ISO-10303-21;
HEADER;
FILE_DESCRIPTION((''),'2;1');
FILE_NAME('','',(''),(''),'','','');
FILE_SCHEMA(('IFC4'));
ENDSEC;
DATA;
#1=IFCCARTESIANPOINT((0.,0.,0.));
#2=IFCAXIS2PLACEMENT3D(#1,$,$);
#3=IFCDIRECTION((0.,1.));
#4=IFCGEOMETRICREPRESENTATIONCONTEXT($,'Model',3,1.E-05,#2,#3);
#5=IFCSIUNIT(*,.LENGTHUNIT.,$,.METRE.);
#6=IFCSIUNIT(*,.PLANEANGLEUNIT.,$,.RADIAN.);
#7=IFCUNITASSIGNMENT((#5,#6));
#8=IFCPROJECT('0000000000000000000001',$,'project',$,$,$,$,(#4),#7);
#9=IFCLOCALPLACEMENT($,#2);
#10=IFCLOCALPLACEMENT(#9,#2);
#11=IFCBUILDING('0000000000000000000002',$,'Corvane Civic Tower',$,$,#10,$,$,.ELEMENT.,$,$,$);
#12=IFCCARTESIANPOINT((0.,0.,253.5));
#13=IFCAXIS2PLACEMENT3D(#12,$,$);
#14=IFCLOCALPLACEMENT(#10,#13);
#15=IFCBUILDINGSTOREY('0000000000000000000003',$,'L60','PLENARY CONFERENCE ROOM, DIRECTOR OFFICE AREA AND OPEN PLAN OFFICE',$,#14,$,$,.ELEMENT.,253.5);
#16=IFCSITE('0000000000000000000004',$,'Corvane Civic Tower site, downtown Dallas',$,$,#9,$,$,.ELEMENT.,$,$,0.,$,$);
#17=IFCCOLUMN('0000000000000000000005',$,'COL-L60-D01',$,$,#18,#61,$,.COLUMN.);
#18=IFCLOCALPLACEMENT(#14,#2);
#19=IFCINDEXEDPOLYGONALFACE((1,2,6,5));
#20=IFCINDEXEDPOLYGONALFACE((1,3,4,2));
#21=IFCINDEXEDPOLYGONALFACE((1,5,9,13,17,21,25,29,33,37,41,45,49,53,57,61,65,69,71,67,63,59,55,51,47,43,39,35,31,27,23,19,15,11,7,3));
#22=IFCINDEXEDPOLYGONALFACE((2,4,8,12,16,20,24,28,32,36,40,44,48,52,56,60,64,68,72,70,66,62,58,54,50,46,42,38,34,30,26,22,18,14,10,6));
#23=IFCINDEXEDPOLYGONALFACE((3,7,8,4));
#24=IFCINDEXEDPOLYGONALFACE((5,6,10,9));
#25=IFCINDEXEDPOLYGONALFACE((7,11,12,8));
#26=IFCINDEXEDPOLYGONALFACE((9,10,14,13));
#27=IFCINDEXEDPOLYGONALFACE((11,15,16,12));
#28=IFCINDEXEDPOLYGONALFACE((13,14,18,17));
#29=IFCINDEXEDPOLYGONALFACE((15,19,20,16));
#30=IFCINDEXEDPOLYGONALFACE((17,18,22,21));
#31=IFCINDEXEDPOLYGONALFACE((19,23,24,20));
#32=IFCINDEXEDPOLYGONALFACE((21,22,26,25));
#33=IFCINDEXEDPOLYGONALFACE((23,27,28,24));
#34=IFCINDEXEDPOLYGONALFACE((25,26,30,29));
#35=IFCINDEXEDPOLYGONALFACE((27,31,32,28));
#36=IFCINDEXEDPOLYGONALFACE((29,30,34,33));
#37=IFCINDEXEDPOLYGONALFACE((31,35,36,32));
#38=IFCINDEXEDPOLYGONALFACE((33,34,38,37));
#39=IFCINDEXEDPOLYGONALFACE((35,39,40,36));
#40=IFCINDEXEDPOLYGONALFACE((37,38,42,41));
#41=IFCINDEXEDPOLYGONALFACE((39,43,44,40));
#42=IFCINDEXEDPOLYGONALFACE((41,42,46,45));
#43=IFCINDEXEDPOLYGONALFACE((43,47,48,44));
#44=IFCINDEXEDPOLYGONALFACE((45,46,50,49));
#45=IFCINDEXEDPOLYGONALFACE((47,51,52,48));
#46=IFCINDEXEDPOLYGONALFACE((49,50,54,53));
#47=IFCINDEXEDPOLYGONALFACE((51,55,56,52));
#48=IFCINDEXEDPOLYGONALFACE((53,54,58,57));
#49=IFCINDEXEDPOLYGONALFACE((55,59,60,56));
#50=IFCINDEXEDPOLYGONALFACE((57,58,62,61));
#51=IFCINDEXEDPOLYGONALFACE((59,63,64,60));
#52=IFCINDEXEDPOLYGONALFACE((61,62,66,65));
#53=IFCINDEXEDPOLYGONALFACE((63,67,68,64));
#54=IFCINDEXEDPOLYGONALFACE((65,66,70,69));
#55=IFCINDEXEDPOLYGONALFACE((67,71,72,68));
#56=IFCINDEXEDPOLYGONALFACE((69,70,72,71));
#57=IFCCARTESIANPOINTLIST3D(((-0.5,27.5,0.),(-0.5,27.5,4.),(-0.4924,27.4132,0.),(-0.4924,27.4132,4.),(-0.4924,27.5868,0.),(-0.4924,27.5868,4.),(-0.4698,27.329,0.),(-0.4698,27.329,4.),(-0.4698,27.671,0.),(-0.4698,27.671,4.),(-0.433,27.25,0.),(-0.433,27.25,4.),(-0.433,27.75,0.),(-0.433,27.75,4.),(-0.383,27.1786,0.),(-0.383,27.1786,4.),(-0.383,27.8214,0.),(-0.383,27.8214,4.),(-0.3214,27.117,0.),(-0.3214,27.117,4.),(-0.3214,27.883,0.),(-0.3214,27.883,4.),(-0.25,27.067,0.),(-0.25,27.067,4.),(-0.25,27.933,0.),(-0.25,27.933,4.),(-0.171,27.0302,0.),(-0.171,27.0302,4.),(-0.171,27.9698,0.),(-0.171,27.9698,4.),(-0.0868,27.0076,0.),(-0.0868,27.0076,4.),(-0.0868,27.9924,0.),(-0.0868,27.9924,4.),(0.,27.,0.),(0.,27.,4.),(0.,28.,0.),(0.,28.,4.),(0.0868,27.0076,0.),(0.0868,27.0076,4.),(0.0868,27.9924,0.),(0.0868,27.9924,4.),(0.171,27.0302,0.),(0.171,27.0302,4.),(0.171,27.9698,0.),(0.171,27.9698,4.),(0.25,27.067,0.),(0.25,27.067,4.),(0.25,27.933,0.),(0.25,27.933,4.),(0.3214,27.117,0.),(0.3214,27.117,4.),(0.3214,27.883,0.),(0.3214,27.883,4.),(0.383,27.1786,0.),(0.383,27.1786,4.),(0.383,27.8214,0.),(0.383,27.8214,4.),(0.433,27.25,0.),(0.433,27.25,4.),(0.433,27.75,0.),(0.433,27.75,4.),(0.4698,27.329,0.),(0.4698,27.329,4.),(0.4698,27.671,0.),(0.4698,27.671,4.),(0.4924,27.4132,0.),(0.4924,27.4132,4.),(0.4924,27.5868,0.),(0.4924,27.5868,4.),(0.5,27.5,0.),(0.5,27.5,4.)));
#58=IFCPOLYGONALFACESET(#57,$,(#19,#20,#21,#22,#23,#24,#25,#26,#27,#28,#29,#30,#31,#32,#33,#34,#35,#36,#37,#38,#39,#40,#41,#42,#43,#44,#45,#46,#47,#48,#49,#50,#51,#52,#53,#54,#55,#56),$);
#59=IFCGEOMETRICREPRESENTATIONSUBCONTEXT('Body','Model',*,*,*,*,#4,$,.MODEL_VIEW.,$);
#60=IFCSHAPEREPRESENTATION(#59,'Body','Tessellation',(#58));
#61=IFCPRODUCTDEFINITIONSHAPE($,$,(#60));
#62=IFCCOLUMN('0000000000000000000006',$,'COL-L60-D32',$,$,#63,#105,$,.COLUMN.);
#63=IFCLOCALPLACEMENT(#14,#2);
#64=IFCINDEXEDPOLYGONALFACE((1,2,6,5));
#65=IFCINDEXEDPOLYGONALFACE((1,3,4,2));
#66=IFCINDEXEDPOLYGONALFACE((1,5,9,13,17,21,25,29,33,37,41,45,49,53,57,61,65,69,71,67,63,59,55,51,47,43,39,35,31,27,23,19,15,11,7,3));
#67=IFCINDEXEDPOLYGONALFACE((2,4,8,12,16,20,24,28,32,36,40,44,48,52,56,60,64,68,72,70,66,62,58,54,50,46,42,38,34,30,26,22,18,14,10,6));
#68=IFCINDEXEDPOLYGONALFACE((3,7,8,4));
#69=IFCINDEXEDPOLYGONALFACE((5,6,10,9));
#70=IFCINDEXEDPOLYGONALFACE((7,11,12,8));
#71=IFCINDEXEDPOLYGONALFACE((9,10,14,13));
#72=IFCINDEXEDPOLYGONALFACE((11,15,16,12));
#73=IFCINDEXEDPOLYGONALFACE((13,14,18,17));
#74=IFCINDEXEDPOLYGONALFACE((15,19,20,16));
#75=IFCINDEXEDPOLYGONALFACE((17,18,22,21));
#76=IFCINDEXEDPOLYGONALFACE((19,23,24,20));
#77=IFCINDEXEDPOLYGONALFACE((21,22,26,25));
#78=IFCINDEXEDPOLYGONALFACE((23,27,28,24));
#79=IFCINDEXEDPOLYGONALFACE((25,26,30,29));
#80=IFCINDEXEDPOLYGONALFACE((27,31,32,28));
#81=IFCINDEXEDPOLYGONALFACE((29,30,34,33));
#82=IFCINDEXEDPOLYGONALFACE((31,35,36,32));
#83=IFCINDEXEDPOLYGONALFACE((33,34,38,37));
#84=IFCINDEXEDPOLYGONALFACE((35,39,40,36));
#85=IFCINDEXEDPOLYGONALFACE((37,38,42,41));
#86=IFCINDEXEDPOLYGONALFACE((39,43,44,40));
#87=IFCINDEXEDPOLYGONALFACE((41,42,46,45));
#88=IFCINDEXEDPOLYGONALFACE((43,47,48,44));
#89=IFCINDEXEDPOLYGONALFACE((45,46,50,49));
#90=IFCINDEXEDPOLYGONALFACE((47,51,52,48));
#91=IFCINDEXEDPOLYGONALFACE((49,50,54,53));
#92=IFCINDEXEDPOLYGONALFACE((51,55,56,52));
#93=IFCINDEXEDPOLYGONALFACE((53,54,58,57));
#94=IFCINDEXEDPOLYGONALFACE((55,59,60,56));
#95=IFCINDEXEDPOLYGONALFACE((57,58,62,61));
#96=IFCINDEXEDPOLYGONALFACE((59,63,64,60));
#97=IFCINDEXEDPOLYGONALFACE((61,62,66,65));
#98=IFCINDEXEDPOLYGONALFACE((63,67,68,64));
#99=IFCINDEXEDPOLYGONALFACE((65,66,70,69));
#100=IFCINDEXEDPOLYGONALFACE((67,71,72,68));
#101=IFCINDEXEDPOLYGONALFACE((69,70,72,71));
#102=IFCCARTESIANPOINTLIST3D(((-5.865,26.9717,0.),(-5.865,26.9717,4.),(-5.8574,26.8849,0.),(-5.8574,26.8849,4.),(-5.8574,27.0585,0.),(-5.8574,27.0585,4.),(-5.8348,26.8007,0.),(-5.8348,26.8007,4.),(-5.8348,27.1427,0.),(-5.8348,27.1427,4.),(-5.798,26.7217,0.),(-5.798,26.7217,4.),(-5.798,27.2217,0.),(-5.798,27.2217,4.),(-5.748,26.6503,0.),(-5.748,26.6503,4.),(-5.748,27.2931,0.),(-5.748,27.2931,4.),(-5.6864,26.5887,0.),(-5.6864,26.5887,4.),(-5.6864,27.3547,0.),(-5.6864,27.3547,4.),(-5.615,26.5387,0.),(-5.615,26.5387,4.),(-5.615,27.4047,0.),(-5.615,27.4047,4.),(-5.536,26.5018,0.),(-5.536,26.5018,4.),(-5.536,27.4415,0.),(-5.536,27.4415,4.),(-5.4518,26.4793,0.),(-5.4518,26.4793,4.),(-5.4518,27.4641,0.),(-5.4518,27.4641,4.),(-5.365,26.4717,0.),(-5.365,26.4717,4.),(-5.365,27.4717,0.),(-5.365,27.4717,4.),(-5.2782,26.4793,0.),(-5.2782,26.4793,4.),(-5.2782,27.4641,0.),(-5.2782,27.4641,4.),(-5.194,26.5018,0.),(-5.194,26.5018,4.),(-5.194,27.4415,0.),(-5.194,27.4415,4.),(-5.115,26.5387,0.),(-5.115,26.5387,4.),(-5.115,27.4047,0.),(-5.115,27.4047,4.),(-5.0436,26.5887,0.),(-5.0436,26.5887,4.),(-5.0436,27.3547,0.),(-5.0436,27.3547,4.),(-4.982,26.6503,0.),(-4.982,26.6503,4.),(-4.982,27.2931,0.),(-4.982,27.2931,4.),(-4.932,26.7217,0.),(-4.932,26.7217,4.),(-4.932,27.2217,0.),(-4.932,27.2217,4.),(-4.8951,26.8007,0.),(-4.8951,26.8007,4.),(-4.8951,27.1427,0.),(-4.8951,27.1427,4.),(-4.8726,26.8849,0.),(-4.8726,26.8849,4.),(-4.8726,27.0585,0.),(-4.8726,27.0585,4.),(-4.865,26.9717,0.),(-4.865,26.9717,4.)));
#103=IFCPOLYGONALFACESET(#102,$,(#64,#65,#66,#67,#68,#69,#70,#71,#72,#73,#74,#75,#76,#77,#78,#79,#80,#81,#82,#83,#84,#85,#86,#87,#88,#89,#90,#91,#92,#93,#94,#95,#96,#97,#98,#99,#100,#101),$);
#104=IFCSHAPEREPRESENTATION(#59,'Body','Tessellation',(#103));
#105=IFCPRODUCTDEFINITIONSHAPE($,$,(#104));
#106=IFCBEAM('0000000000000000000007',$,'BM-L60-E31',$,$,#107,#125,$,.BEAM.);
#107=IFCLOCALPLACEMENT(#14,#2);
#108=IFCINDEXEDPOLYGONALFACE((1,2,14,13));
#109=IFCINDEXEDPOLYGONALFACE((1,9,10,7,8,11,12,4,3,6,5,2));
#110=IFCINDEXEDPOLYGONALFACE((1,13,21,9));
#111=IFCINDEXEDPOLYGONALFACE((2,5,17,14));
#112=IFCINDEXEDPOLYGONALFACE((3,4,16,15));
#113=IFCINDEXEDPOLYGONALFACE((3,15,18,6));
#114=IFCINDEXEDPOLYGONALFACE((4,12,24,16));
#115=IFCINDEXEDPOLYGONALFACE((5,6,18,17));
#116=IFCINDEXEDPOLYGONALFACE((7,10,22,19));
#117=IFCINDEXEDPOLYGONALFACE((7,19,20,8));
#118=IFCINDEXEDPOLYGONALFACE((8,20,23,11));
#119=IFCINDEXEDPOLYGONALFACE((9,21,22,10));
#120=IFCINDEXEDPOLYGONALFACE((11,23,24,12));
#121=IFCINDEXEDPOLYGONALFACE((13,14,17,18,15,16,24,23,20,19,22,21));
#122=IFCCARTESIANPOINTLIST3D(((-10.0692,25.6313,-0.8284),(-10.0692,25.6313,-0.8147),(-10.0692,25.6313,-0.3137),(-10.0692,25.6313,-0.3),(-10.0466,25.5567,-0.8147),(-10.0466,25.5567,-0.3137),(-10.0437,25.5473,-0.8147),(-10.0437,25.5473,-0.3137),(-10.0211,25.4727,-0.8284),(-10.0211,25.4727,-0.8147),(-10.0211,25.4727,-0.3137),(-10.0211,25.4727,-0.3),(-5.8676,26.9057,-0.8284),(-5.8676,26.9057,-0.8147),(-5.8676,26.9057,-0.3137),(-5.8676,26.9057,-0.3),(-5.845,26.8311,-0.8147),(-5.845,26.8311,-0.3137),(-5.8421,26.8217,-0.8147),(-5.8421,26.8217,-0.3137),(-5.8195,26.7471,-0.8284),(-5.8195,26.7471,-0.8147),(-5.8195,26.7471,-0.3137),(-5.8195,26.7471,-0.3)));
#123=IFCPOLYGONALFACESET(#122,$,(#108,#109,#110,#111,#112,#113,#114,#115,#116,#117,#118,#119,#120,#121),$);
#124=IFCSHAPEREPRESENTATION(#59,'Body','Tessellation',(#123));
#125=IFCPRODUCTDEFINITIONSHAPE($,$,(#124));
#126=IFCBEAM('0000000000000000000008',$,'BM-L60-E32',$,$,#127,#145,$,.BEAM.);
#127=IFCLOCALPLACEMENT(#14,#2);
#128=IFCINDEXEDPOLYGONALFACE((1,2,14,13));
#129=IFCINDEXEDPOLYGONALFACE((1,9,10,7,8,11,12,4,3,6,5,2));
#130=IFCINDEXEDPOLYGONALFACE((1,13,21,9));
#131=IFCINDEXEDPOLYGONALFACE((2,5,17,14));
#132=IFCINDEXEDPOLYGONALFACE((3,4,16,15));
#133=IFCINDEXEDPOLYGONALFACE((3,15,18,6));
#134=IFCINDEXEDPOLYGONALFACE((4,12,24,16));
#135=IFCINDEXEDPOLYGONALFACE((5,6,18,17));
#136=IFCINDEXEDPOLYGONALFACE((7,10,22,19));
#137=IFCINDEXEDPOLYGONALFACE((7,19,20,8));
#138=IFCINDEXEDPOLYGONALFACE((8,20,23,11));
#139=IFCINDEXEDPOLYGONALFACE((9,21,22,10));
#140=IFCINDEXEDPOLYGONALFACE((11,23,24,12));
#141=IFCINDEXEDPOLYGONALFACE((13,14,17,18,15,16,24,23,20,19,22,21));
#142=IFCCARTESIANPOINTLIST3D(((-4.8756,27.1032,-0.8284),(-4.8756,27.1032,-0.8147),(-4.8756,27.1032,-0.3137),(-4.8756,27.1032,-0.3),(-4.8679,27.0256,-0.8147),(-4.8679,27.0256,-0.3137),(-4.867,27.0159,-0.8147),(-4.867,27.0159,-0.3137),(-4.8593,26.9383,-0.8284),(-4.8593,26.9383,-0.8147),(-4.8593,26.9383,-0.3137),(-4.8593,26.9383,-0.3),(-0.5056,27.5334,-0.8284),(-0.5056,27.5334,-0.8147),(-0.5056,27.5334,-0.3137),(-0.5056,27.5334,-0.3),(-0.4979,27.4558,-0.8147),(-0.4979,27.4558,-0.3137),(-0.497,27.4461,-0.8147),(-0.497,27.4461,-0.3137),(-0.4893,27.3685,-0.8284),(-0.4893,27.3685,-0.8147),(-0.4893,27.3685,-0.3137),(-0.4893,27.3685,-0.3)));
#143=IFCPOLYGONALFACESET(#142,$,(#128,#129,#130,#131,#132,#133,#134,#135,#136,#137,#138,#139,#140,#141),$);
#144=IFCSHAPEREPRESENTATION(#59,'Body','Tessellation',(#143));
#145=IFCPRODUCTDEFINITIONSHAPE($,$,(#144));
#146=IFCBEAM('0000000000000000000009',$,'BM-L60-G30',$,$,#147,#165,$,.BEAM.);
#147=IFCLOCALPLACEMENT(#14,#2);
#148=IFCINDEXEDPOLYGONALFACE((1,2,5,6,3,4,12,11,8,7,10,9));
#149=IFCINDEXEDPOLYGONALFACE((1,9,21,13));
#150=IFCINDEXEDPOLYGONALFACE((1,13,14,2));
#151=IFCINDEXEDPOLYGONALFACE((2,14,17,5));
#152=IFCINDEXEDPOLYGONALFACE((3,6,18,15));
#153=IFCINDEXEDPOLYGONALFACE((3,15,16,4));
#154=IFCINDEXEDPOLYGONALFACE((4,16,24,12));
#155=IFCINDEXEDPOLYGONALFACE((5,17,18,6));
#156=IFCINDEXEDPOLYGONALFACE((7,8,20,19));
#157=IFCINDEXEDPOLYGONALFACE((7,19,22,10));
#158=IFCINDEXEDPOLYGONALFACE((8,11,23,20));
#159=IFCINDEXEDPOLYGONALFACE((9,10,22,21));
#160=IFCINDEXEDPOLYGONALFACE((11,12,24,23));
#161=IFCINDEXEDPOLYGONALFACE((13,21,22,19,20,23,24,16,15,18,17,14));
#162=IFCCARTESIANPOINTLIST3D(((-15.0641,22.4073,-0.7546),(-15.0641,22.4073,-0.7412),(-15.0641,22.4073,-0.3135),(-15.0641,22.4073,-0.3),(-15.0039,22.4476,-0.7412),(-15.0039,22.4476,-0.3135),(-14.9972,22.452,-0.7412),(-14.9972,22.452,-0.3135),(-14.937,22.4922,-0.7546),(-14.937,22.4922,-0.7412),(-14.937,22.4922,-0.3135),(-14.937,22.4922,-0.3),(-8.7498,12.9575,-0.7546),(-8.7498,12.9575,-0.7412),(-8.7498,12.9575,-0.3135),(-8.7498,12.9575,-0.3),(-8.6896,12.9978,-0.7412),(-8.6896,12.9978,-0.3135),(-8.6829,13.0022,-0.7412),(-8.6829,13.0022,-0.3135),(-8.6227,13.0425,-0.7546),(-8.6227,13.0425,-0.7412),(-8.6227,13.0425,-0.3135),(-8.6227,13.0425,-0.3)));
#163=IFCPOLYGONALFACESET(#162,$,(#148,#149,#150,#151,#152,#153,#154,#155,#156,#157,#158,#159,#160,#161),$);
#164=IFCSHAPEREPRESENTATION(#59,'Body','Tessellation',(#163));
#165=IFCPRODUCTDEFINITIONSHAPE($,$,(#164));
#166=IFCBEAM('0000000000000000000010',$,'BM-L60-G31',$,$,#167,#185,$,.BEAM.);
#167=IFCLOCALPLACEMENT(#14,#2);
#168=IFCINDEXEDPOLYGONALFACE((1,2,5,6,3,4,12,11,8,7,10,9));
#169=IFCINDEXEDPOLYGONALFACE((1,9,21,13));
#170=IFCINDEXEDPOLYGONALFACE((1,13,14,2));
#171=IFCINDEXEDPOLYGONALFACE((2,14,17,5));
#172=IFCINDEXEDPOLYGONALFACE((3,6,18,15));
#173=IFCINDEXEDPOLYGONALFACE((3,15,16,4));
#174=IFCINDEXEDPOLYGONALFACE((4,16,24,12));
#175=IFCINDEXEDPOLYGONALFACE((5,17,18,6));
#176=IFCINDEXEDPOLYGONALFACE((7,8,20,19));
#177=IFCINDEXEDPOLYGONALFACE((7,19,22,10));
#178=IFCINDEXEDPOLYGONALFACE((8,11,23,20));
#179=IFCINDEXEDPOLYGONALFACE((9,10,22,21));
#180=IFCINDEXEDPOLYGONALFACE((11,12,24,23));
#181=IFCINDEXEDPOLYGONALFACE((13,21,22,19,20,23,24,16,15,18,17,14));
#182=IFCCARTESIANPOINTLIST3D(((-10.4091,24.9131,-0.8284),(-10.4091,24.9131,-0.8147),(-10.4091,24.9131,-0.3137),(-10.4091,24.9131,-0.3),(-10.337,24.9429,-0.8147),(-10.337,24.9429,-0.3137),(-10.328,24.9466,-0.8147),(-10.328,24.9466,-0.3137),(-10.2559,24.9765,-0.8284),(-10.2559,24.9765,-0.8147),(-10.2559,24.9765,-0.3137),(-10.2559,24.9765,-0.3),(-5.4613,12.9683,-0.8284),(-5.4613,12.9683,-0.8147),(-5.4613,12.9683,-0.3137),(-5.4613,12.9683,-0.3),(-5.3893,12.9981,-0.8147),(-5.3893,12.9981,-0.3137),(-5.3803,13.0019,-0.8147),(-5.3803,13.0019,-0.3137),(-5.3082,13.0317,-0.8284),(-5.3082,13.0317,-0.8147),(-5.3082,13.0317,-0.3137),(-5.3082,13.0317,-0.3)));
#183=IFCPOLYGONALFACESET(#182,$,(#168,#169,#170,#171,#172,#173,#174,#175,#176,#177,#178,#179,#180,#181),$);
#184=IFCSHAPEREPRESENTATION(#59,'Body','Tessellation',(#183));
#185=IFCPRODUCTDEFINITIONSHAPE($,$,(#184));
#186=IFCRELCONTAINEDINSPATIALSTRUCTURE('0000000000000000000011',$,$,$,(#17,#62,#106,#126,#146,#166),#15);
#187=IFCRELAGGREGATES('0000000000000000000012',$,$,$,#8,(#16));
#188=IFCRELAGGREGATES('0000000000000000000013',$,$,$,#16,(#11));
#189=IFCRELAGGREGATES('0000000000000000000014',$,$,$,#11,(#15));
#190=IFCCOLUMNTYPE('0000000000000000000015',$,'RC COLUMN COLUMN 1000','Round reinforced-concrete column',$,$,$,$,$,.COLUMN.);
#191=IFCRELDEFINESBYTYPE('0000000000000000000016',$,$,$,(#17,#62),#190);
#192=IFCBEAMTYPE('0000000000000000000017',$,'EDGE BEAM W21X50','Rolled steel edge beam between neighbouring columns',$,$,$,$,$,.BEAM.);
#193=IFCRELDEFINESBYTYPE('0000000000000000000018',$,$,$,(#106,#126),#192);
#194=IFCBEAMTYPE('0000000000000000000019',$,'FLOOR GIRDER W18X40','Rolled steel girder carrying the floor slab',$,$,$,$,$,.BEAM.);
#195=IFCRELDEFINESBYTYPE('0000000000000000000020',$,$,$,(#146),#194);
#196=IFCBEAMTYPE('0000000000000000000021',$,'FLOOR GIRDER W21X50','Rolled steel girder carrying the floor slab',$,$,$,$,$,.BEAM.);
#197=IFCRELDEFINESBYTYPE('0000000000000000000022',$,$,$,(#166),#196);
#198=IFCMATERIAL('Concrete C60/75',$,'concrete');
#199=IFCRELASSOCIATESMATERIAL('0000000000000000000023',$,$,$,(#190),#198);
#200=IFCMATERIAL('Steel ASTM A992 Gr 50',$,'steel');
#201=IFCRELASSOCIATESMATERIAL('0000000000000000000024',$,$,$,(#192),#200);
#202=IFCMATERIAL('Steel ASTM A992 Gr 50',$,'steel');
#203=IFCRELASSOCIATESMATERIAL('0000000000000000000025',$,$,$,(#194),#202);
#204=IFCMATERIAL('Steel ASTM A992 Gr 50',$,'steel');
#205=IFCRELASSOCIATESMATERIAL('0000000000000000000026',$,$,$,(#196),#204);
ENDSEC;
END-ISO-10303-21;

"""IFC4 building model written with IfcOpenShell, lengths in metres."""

from ifc_helpers import new_model, si_unit, direction, frame, origin, origin_2d, place, context, subcontext, project, spatial, circle, i_section, extrude, material, material_profile, profile_set, type_object, element, save


model = new_model("IFC4")

# Units and contexts
model_context = context("Model", 3, precision=1e-05, world=origin(), true_north=direction((0.0, 1.0)))
body_context = subcontext(model_context, "Body", "Model", "MODEL_VIEW")
ifc_project = project(units=[si_unit("LENGTHUNIT", "METRE"), si_unit("PLANEANGLEUNIT", "RADIAN")], contexts=[model_context])

# Site, building, storey
site_placement = place(None, origin())
site = spatial("IfcSite", under=ifc_project, at=site_placement, Name="Corvane Civic Tower site, downtown Dallas", CompositionType="ELEMENT", RefElevation=0.0)
building_placement = place(site_placement, origin())
building = spatial("IfcBuilding", under=site, at=building_placement, Name="Corvane Civic Tower", CompositionType="ELEMENT")
storey_placement = place(building_placement, frame((0.0, 0.0, 253.5)))
storey = spatial("IfcBuildingStorey", under=building, at=storey_placement, Name="L60", Description="PLENARY CONFERENCE ROOM, DIRECTOR OFFICE AREA AND OPEN PLAN OFFICE", CompositionType="ELEMENT", Elevation=253.5)

# Columns
ifc_material_1 = material(Name="Concrete C60/75", Category="concrete")
ifc_material_profile_1 = material_profile(ifc_material_1, circle(Radius=0.5, at=origin_2d()), Name="COLUMN 1000")
ifc_profile_set_1 = profile_set([ifc_material_profile_1], Name="Concrete C60/75")
column_type = type_object("IfcColumnType", Name="RC COLUMN COLUMN 1000", Description="Round reinforced-concrete column", PredefinedType="COLUMN", material=ifc_profile_set_1)
for number, where, z_axis, x_axis, name in (
    (1, (0.0, 27.5, 0.0), (0.0, 0.0, 1.0), (1.0, 0.0, 0.0), "COL-L60-D01"),
    (2, (-5.365, 26.9717, 0.0), (0.0, 0.0, 1.0), (1.0, 0.0, 0.0), "COL-L60-D32"),
):
    element("IfcColumn", number, at=place(storey_placement, frame(where, z_axis=z_axis, x_axis=x_axis)), inside=storey, type_object=column_type, Name=name, PredefinedType="COLUMN", context=body_context, shape_type="SweptSolid", body=[
        extrude(circle(Radius=0.5, at=origin_2d()), origin(), (0.0, 0.0, 1.0), 4.0),
    ])

# Beams
ifc_material_2 = material(Name="Steel ASTM A992 Gr 50", Category="steel")
ifc_material_profile_2 = material_profile(ifc_material_2, i_section(OverallWidth=0.1658, OverallDepth=0.5283, WebThickness=0.0098, FlangeThickness=0.0137, at=origin_2d()), Name="W21X50")
ifc_profile_set_2 = profile_set([ifc_material_profile_2], Name="Steel ASTM A992 Gr 50")
beam_type_1 = type_object("IfcBeamType", Name="EDGE BEAM W21X50", Description="Rolled steel edge beam between neighbouring columns", PredefinedType="BEAM", material=ifc_profile_set_2)
beam_1_placement = place(storey_placement, frame((-10.0452, 25.552, -0.5642), z_axis=(0.95695, 0.290254, 0.0), x_axis=(-0.290254, 0.95695, 0.0)))
element("IfcBeam", 3, at=beam_1_placement, inside=storey, type_object=beam_type_1, Name="BM-L60-E31", PredefinedType="BEAM", context=body_context, shape_type="SweptSolid", body=[
    extrude(i_section(OverallWidth=0.1658, OverallDepth=0.5283, WebThickness=0.0098, FlangeThickness=0.0137, at=origin_2d()), origin(), (0.0, 0.0, 1.0), 4.3906),
])
beam_2_placement = place(storey_placement, frame((-4.8674, 27.0208, -0.5642), z_axis=(0.99519, 0.097968, 0.0), x_axis=(-0.097968, 0.99519, 0.0)))
element("IfcBeam", 4, at=beam_2_placement, inside=storey, type_object=beam_type_1, Name="BM-L60-E32", PredefinedType="BEAM", context=body_context, shape_type="SweptSolid", body=[
    extrude(i_section(OverallWidth=0.1658, OverallDepth=0.5283, WebThickness=0.0098, FlangeThickness=0.0137, at=origin_2d()), origin(), (0.0, 0.0, 1.0), 4.3911),
])
ifc_material_3 = material(Name="Steel ASTM A992 Gr 50", Category="steel")
ifc_material_profile_3 = material_profile(ifc_material_3, i_section(OverallWidth=0.1528, OverallDepth=0.4546, WebThickness=0.0081, FlangeThickness=0.0134, at=origin_2d()), Name="W18X40")
ifc_profile_set_3 = profile_set([ifc_material_profile_3], Name="Steel ASTM A992 Gr 50")
beam_type_2 = type_object("IfcBeamType", Name="FLOOR GIRDER W18X40", Description="Rolled steel girder carrying the floor slab", PredefinedType="BEAM", material=ifc_profile_set_3)
beam_3_placement = place(storey_placement, frame((-8.6863, 13.0, -0.5273), z_axis=(-0.555577, 0.831465, 0.0), x_axis=(-0.831465, -0.555577, 0.0)))
element("IfcBeam", 5, at=beam_3_placement, inside=storey, type_object=beam_type_2, Name="BM-L60-G30", PredefinedType="BEAM", context=body_context, shape_type="SweptSolid", body=[
    extrude(i_section(OverallWidth=0.1528, OverallDepth=0.4546, WebThickness=0.0081, FlangeThickness=0.0134, at=origin_2d()), origin(), (0.0, 0.0, 1.0), 11.3652),
])
ifc_material_4 = material(Name="Steel ASTM A992 Gr 50", Category="steel")
ifc_material_profile_4 = material_profile(ifc_material_4, i_section(OverallWidth=0.1658, OverallDepth=0.5283, WebThickness=0.0098, FlangeThickness=0.0137, at=origin_2d()), Name="W21X50")
ifc_profile_set_4 = profile_set([ifc_material_profile_4], Name="Steel ASTM A992 Gr 50")
beam_type_3 = type_object("IfcBeamType", Name="FLOOR GIRDER W21X50", Description="Rolled steel girder carrying the floor slab", PredefinedType="BEAM", material=ifc_profile_set_4)
beam_4_placement = place(storey_placement, frame((-5.3848, 13.0, -0.5642), z_axis=(-0.382686, 0.923878, 0.0), x_axis=(-0.923878, -0.382686, 0.0)))
element("IfcBeam", 6, at=beam_4_placement, inside=storey, type_object=beam_type_3, Name="BM-L60-G31", PredefinedType="BEAM", context=body_context, shape_type="SweptSolid", body=[
    extrude(i_section(OverallWidth=0.1658, OverallDepth=0.5283, WebThickness=0.0098, FlangeThickness=0.0137, at=origin_2d()), origin(), (0.0, 0.0, 1.0), 12.929),
])

save(model, "model.ifc")
